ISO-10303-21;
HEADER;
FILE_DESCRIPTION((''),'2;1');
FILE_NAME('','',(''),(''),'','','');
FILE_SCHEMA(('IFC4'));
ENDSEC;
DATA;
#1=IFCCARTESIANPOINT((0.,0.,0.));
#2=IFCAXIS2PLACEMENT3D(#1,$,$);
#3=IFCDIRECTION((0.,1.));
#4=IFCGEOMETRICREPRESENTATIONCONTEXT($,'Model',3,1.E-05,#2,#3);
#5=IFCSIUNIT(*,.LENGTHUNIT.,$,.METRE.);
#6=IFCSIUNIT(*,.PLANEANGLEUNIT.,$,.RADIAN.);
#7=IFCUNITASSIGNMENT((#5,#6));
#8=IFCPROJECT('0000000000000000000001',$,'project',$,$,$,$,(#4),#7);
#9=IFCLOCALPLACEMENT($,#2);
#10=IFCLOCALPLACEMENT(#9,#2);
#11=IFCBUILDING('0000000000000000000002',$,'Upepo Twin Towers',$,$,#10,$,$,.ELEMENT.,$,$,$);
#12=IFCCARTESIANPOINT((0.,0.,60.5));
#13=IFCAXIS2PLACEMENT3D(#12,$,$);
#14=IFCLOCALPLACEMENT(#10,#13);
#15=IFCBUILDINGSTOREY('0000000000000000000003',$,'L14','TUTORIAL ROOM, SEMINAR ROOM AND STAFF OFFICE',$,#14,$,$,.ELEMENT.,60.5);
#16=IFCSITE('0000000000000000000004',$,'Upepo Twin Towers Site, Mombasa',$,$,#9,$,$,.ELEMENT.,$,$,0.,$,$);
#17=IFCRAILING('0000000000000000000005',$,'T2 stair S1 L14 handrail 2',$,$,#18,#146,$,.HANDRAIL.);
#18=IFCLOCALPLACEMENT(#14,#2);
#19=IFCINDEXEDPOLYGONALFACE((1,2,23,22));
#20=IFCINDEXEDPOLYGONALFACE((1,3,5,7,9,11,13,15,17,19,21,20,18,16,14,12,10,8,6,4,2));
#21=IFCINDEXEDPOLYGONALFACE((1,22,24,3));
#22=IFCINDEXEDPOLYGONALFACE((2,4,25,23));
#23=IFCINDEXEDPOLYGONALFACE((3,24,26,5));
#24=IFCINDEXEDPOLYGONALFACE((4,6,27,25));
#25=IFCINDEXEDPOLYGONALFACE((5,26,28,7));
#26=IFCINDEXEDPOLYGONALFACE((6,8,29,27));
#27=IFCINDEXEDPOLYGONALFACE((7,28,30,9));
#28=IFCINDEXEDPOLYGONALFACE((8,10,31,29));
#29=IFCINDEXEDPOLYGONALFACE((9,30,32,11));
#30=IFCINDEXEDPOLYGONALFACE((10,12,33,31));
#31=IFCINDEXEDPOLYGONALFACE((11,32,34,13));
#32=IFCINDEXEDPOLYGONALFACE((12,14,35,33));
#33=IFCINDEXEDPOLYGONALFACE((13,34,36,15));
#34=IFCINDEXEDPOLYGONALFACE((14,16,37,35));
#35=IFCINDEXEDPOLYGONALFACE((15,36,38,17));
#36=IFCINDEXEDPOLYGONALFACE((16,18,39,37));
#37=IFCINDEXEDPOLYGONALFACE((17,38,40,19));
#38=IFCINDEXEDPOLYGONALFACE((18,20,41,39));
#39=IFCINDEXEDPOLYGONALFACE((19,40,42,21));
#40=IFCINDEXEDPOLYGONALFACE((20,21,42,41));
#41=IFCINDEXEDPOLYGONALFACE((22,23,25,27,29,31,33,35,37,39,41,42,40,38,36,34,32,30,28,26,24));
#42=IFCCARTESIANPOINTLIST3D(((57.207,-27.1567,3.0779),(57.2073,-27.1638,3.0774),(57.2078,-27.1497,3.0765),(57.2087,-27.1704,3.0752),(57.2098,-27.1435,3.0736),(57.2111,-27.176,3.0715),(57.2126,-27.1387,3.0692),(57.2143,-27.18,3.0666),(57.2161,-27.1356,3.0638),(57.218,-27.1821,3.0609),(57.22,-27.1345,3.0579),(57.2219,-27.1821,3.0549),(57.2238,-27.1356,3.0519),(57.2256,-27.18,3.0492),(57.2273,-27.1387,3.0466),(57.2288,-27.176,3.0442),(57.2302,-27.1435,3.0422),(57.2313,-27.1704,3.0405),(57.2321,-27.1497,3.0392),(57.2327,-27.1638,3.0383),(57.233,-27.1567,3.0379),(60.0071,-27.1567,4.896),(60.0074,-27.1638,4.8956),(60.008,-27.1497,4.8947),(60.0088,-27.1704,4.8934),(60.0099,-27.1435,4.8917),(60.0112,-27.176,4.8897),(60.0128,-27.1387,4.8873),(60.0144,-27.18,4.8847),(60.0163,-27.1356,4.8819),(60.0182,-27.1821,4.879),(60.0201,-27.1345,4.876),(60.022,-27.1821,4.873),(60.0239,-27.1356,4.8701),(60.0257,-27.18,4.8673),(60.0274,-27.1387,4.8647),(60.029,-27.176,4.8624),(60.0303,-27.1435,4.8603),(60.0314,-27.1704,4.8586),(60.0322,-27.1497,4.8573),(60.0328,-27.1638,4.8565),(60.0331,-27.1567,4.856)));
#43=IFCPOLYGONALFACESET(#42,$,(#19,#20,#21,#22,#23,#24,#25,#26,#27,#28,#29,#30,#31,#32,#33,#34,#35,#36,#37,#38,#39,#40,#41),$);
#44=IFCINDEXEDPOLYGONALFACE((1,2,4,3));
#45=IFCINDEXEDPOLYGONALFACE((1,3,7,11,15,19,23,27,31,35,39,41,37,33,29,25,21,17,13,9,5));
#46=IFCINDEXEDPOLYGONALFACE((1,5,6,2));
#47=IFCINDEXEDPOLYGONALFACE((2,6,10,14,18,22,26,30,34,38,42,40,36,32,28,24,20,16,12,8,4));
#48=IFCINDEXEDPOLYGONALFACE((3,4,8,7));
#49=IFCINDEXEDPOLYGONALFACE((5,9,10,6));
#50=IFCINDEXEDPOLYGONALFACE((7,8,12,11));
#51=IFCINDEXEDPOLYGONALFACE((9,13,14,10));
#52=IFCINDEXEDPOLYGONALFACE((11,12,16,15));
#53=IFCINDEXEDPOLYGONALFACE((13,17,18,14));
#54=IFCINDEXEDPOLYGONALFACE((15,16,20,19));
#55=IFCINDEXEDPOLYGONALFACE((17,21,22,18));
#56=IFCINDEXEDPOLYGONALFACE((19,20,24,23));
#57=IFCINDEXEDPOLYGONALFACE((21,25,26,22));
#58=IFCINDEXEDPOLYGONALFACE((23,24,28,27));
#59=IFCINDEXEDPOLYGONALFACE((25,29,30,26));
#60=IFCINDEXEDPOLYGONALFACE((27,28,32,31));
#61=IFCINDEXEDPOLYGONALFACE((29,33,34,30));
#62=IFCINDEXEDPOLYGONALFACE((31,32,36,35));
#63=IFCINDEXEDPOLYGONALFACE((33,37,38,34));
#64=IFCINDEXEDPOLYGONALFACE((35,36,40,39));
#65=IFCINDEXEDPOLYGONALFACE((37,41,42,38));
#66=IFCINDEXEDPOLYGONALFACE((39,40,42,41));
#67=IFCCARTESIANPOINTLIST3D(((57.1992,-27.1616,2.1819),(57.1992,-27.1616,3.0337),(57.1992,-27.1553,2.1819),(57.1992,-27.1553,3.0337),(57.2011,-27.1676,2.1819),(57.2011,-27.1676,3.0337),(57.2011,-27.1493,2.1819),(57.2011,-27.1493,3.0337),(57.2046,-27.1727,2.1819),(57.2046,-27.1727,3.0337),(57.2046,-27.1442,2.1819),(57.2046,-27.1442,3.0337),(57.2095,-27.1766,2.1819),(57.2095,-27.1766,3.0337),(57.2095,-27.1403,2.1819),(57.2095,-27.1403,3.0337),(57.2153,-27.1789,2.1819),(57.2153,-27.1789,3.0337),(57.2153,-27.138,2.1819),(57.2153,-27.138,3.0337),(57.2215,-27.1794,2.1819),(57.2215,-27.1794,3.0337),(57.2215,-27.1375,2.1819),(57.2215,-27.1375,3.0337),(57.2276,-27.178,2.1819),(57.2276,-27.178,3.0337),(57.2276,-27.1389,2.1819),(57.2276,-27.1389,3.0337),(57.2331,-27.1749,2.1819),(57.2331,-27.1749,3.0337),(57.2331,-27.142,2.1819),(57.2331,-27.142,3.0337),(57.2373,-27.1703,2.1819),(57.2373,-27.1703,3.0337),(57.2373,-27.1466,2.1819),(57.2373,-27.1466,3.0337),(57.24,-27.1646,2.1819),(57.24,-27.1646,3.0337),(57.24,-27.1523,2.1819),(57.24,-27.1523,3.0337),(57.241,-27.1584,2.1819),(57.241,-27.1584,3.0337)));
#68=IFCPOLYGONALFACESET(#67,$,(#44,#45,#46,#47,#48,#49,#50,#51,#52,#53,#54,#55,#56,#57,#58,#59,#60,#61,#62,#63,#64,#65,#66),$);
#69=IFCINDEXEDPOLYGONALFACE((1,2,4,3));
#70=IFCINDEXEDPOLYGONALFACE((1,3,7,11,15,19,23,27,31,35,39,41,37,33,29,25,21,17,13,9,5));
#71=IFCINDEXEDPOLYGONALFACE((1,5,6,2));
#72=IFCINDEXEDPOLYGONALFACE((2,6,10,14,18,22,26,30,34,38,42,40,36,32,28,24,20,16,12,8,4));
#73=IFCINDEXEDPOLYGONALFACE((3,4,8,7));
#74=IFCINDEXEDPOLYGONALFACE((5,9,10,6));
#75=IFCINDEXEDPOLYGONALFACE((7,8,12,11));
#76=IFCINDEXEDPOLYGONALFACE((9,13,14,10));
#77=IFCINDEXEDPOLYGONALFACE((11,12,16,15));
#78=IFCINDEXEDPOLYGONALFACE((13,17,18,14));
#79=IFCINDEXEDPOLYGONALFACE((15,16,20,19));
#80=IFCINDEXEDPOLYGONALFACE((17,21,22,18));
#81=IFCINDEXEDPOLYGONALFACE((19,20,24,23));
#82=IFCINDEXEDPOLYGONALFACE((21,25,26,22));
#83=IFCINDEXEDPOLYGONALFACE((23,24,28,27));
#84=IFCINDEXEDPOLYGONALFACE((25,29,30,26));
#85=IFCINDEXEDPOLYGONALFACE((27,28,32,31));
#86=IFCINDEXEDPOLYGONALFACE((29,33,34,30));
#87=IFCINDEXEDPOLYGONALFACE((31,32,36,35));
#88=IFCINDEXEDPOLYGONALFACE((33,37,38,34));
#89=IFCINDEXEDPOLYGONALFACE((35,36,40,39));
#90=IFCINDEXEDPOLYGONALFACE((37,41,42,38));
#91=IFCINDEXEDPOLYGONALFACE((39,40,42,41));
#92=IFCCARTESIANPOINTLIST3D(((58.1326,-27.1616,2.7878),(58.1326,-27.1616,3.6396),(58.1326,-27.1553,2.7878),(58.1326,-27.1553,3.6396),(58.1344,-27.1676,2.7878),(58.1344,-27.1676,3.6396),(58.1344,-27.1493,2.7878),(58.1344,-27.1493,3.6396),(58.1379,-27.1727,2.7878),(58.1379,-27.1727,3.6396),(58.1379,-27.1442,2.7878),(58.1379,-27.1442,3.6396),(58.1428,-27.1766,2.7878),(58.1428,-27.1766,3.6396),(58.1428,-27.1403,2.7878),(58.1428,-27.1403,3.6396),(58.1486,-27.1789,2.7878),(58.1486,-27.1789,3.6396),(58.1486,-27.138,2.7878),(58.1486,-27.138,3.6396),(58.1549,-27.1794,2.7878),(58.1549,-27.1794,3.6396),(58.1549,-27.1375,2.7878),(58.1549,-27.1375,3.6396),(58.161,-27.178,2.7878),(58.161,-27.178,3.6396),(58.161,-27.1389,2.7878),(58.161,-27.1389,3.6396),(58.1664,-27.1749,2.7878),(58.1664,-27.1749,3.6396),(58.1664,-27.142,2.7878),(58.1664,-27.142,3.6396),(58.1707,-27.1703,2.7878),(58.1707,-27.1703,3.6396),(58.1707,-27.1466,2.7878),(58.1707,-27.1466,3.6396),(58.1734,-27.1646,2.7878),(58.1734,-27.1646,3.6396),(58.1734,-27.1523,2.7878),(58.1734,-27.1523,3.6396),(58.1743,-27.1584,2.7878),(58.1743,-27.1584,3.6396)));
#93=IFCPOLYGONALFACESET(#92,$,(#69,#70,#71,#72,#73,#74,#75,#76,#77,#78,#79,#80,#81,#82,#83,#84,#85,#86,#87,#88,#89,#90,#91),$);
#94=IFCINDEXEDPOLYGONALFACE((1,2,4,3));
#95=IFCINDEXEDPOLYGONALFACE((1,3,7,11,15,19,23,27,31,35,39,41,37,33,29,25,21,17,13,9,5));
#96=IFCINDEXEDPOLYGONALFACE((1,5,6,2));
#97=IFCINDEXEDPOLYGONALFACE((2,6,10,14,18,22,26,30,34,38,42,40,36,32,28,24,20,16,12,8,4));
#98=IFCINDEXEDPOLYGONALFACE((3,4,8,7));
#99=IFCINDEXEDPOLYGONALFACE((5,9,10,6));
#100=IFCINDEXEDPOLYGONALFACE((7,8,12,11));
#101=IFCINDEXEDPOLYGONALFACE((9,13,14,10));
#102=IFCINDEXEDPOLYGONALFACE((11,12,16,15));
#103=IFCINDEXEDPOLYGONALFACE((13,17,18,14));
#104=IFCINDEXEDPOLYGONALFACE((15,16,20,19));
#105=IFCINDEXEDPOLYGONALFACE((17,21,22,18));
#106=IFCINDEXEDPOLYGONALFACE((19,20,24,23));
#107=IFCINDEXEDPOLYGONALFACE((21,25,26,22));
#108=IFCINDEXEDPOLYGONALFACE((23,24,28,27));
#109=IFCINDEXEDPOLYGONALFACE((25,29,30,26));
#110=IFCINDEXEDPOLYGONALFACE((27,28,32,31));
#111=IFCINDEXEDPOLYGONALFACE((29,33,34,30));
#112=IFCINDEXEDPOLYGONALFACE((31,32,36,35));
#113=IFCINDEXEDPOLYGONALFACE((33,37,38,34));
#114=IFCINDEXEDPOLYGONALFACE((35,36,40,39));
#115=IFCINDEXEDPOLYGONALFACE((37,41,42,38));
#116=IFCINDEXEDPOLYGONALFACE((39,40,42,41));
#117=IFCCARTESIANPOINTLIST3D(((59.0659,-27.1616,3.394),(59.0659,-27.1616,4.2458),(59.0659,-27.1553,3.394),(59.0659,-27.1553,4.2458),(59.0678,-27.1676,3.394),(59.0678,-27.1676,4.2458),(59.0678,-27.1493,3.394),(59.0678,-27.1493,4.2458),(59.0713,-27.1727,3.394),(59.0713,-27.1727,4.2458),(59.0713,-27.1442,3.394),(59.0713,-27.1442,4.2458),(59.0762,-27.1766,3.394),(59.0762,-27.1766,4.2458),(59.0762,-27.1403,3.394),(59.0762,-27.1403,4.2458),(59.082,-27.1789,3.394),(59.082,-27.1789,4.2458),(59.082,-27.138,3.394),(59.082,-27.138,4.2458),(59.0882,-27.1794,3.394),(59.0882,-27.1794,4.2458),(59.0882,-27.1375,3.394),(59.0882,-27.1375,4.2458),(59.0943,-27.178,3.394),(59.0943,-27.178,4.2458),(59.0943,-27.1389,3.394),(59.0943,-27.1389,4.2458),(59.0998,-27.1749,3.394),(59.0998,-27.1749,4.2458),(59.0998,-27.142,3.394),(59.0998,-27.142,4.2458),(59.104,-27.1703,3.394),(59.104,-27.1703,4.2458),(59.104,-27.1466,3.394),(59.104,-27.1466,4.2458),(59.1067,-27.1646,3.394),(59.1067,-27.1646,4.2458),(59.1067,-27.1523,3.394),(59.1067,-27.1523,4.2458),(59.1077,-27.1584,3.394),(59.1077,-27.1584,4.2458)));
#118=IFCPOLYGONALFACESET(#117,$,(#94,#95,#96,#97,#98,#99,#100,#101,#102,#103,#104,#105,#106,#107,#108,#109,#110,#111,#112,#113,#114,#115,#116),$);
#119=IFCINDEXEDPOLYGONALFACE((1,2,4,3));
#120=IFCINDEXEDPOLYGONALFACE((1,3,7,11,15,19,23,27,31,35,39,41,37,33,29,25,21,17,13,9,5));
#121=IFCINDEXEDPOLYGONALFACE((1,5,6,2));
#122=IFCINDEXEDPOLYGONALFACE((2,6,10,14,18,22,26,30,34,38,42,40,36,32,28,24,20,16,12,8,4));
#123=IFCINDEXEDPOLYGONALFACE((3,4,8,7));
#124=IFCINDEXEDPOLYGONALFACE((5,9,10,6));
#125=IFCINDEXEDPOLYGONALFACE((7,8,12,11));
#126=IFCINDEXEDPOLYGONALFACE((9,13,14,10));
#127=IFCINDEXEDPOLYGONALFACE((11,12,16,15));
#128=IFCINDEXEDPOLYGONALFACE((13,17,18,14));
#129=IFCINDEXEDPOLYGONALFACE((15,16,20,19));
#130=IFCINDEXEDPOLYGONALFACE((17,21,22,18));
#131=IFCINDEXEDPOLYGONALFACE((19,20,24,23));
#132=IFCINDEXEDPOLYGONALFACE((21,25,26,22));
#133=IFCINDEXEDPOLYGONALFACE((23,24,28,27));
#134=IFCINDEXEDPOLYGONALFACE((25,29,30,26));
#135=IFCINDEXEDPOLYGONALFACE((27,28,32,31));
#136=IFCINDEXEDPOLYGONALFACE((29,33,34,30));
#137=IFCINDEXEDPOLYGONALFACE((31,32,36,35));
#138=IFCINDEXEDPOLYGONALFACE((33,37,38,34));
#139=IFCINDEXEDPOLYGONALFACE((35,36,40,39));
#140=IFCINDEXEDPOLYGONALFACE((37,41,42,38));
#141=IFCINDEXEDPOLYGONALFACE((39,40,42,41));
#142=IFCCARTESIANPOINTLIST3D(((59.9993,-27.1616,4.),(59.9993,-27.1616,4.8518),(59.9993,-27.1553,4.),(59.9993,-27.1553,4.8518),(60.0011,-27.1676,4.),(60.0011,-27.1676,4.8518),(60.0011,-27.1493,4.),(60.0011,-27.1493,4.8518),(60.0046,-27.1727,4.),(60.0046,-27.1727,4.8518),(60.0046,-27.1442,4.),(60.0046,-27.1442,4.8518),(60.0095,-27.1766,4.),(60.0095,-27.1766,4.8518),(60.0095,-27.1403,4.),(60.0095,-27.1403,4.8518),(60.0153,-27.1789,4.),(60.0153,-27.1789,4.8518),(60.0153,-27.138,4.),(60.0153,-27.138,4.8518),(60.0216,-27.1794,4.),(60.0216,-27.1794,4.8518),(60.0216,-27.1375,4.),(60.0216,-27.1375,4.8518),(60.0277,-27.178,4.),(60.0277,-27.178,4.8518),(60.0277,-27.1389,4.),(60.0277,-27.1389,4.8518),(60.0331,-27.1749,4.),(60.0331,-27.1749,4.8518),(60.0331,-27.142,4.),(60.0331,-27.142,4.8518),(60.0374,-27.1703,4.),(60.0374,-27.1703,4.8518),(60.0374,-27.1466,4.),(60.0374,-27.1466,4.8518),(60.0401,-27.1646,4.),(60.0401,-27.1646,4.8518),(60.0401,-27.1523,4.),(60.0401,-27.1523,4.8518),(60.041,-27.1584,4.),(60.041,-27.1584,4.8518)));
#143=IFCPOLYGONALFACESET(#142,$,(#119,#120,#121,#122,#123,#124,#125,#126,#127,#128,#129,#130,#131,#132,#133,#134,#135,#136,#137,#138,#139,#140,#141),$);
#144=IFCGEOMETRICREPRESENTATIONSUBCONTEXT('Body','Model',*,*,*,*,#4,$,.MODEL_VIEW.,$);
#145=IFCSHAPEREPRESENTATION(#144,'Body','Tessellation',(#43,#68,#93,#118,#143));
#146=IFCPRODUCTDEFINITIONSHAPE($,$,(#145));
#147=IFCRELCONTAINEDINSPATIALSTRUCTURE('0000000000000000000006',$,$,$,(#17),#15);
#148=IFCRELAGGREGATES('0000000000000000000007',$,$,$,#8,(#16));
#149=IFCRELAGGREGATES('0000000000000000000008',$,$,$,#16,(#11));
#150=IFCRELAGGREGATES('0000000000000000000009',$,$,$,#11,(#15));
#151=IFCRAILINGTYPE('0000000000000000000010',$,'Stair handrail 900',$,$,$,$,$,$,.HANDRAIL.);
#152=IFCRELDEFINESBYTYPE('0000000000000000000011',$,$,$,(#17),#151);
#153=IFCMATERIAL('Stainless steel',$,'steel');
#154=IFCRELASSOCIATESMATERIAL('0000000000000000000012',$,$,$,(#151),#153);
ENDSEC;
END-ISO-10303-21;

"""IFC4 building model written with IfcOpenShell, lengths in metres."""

from ifc_helpers import new_model, si_unit, direction, frame, origin, origin_2d, place, context, subcontext, project, spatial, circle, extrude, material, type_object, element, save


model = new_model("IFC4")

# Units and contexts
model_context = context("Model", 3, precision=1e-05, world=origin(), true_north=direction((0.0, 1.0)))
body_context = subcontext(model_context, "Body", "Model", "MODEL_VIEW")
ifc_project = project(units=[si_unit("LENGTHUNIT", "METRE"), si_unit("PLANEANGLEUNIT", "RADIAN")], contexts=[model_context])

# Site, building, storey
site_placement = place(None, origin())
site = spatial("IfcSite", under=ifc_project, at=site_placement, Name="Upepo Twin Towers Site, Mombasa", CompositionType="ELEMENT", RefElevation=0.0)
building_placement = place(site_placement, origin())
building = spatial("IfcBuilding", under=site, at=building_placement, Name="Upepo Twin Towers", CompositionType="ELEMENT")
storey_placement = place(building_placement, frame((0.0, 0.0, 60.5)))
storey = spatial("IfcBuildingStorey", under=building, at=storey_placement, Name="L14", Description="TUTORIAL ROOM, SEMINAR ROOM AND STAFF OFFICE", CompositionType="ELEMENT", Elevation=60.5)

# Railing
ifc_material_1 = material(Name="Stainless steel", Category="steel")
railing_type = type_object("IfcRailingType", Name="Stair handrail 900", PredefinedType="HANDRAIL", material=ifc_material_1)
railing_1_placement = place(storey_placement, frame((57.22, -27.1584, 2.1819)))
element("IfcRailing", 1, at=railing_1_placement, inside=storey, type_object=railing_type, Name="T2 stair S1 L14 handrail 2", PredefinedType="HANDRAIL", context=body_context, shape_type="SweptSolid", body=[
    extrude(circle(Radius=0.0239, at=origin_2d()), frame((0.0, 0.0, 0.876), z_axis=(0.838706, 0.0, 0.544585), x_axis=(0.0, 1.0, 0.0)), (0.0, 0.0, 1.0), 3.3386),
    extrude(circle(Radius=0.021, at=origin_2d()), origin(), (0.0, 0.0, 1.0), 0.8518),
    extrude(circle(Radius=0.021, at=origin_2d()), frame((0.9333, 0.0, 0.606)), (0.0, 0.0, 1.0), 0.8518),
    extrude(circle(Radius=0.021, at=origin_2d()), frame((1.8667, 0.0, 1.2122)), (0.0, 0.0, 1.0), 0.8518),
    extrude(circle(Radius=0.021, at=origin_2d()), frame((2.8, 0.0, 1.8181)), (0.0, 0.0, 1.0), 0.8518),
])

save(model, "model.ifc")
